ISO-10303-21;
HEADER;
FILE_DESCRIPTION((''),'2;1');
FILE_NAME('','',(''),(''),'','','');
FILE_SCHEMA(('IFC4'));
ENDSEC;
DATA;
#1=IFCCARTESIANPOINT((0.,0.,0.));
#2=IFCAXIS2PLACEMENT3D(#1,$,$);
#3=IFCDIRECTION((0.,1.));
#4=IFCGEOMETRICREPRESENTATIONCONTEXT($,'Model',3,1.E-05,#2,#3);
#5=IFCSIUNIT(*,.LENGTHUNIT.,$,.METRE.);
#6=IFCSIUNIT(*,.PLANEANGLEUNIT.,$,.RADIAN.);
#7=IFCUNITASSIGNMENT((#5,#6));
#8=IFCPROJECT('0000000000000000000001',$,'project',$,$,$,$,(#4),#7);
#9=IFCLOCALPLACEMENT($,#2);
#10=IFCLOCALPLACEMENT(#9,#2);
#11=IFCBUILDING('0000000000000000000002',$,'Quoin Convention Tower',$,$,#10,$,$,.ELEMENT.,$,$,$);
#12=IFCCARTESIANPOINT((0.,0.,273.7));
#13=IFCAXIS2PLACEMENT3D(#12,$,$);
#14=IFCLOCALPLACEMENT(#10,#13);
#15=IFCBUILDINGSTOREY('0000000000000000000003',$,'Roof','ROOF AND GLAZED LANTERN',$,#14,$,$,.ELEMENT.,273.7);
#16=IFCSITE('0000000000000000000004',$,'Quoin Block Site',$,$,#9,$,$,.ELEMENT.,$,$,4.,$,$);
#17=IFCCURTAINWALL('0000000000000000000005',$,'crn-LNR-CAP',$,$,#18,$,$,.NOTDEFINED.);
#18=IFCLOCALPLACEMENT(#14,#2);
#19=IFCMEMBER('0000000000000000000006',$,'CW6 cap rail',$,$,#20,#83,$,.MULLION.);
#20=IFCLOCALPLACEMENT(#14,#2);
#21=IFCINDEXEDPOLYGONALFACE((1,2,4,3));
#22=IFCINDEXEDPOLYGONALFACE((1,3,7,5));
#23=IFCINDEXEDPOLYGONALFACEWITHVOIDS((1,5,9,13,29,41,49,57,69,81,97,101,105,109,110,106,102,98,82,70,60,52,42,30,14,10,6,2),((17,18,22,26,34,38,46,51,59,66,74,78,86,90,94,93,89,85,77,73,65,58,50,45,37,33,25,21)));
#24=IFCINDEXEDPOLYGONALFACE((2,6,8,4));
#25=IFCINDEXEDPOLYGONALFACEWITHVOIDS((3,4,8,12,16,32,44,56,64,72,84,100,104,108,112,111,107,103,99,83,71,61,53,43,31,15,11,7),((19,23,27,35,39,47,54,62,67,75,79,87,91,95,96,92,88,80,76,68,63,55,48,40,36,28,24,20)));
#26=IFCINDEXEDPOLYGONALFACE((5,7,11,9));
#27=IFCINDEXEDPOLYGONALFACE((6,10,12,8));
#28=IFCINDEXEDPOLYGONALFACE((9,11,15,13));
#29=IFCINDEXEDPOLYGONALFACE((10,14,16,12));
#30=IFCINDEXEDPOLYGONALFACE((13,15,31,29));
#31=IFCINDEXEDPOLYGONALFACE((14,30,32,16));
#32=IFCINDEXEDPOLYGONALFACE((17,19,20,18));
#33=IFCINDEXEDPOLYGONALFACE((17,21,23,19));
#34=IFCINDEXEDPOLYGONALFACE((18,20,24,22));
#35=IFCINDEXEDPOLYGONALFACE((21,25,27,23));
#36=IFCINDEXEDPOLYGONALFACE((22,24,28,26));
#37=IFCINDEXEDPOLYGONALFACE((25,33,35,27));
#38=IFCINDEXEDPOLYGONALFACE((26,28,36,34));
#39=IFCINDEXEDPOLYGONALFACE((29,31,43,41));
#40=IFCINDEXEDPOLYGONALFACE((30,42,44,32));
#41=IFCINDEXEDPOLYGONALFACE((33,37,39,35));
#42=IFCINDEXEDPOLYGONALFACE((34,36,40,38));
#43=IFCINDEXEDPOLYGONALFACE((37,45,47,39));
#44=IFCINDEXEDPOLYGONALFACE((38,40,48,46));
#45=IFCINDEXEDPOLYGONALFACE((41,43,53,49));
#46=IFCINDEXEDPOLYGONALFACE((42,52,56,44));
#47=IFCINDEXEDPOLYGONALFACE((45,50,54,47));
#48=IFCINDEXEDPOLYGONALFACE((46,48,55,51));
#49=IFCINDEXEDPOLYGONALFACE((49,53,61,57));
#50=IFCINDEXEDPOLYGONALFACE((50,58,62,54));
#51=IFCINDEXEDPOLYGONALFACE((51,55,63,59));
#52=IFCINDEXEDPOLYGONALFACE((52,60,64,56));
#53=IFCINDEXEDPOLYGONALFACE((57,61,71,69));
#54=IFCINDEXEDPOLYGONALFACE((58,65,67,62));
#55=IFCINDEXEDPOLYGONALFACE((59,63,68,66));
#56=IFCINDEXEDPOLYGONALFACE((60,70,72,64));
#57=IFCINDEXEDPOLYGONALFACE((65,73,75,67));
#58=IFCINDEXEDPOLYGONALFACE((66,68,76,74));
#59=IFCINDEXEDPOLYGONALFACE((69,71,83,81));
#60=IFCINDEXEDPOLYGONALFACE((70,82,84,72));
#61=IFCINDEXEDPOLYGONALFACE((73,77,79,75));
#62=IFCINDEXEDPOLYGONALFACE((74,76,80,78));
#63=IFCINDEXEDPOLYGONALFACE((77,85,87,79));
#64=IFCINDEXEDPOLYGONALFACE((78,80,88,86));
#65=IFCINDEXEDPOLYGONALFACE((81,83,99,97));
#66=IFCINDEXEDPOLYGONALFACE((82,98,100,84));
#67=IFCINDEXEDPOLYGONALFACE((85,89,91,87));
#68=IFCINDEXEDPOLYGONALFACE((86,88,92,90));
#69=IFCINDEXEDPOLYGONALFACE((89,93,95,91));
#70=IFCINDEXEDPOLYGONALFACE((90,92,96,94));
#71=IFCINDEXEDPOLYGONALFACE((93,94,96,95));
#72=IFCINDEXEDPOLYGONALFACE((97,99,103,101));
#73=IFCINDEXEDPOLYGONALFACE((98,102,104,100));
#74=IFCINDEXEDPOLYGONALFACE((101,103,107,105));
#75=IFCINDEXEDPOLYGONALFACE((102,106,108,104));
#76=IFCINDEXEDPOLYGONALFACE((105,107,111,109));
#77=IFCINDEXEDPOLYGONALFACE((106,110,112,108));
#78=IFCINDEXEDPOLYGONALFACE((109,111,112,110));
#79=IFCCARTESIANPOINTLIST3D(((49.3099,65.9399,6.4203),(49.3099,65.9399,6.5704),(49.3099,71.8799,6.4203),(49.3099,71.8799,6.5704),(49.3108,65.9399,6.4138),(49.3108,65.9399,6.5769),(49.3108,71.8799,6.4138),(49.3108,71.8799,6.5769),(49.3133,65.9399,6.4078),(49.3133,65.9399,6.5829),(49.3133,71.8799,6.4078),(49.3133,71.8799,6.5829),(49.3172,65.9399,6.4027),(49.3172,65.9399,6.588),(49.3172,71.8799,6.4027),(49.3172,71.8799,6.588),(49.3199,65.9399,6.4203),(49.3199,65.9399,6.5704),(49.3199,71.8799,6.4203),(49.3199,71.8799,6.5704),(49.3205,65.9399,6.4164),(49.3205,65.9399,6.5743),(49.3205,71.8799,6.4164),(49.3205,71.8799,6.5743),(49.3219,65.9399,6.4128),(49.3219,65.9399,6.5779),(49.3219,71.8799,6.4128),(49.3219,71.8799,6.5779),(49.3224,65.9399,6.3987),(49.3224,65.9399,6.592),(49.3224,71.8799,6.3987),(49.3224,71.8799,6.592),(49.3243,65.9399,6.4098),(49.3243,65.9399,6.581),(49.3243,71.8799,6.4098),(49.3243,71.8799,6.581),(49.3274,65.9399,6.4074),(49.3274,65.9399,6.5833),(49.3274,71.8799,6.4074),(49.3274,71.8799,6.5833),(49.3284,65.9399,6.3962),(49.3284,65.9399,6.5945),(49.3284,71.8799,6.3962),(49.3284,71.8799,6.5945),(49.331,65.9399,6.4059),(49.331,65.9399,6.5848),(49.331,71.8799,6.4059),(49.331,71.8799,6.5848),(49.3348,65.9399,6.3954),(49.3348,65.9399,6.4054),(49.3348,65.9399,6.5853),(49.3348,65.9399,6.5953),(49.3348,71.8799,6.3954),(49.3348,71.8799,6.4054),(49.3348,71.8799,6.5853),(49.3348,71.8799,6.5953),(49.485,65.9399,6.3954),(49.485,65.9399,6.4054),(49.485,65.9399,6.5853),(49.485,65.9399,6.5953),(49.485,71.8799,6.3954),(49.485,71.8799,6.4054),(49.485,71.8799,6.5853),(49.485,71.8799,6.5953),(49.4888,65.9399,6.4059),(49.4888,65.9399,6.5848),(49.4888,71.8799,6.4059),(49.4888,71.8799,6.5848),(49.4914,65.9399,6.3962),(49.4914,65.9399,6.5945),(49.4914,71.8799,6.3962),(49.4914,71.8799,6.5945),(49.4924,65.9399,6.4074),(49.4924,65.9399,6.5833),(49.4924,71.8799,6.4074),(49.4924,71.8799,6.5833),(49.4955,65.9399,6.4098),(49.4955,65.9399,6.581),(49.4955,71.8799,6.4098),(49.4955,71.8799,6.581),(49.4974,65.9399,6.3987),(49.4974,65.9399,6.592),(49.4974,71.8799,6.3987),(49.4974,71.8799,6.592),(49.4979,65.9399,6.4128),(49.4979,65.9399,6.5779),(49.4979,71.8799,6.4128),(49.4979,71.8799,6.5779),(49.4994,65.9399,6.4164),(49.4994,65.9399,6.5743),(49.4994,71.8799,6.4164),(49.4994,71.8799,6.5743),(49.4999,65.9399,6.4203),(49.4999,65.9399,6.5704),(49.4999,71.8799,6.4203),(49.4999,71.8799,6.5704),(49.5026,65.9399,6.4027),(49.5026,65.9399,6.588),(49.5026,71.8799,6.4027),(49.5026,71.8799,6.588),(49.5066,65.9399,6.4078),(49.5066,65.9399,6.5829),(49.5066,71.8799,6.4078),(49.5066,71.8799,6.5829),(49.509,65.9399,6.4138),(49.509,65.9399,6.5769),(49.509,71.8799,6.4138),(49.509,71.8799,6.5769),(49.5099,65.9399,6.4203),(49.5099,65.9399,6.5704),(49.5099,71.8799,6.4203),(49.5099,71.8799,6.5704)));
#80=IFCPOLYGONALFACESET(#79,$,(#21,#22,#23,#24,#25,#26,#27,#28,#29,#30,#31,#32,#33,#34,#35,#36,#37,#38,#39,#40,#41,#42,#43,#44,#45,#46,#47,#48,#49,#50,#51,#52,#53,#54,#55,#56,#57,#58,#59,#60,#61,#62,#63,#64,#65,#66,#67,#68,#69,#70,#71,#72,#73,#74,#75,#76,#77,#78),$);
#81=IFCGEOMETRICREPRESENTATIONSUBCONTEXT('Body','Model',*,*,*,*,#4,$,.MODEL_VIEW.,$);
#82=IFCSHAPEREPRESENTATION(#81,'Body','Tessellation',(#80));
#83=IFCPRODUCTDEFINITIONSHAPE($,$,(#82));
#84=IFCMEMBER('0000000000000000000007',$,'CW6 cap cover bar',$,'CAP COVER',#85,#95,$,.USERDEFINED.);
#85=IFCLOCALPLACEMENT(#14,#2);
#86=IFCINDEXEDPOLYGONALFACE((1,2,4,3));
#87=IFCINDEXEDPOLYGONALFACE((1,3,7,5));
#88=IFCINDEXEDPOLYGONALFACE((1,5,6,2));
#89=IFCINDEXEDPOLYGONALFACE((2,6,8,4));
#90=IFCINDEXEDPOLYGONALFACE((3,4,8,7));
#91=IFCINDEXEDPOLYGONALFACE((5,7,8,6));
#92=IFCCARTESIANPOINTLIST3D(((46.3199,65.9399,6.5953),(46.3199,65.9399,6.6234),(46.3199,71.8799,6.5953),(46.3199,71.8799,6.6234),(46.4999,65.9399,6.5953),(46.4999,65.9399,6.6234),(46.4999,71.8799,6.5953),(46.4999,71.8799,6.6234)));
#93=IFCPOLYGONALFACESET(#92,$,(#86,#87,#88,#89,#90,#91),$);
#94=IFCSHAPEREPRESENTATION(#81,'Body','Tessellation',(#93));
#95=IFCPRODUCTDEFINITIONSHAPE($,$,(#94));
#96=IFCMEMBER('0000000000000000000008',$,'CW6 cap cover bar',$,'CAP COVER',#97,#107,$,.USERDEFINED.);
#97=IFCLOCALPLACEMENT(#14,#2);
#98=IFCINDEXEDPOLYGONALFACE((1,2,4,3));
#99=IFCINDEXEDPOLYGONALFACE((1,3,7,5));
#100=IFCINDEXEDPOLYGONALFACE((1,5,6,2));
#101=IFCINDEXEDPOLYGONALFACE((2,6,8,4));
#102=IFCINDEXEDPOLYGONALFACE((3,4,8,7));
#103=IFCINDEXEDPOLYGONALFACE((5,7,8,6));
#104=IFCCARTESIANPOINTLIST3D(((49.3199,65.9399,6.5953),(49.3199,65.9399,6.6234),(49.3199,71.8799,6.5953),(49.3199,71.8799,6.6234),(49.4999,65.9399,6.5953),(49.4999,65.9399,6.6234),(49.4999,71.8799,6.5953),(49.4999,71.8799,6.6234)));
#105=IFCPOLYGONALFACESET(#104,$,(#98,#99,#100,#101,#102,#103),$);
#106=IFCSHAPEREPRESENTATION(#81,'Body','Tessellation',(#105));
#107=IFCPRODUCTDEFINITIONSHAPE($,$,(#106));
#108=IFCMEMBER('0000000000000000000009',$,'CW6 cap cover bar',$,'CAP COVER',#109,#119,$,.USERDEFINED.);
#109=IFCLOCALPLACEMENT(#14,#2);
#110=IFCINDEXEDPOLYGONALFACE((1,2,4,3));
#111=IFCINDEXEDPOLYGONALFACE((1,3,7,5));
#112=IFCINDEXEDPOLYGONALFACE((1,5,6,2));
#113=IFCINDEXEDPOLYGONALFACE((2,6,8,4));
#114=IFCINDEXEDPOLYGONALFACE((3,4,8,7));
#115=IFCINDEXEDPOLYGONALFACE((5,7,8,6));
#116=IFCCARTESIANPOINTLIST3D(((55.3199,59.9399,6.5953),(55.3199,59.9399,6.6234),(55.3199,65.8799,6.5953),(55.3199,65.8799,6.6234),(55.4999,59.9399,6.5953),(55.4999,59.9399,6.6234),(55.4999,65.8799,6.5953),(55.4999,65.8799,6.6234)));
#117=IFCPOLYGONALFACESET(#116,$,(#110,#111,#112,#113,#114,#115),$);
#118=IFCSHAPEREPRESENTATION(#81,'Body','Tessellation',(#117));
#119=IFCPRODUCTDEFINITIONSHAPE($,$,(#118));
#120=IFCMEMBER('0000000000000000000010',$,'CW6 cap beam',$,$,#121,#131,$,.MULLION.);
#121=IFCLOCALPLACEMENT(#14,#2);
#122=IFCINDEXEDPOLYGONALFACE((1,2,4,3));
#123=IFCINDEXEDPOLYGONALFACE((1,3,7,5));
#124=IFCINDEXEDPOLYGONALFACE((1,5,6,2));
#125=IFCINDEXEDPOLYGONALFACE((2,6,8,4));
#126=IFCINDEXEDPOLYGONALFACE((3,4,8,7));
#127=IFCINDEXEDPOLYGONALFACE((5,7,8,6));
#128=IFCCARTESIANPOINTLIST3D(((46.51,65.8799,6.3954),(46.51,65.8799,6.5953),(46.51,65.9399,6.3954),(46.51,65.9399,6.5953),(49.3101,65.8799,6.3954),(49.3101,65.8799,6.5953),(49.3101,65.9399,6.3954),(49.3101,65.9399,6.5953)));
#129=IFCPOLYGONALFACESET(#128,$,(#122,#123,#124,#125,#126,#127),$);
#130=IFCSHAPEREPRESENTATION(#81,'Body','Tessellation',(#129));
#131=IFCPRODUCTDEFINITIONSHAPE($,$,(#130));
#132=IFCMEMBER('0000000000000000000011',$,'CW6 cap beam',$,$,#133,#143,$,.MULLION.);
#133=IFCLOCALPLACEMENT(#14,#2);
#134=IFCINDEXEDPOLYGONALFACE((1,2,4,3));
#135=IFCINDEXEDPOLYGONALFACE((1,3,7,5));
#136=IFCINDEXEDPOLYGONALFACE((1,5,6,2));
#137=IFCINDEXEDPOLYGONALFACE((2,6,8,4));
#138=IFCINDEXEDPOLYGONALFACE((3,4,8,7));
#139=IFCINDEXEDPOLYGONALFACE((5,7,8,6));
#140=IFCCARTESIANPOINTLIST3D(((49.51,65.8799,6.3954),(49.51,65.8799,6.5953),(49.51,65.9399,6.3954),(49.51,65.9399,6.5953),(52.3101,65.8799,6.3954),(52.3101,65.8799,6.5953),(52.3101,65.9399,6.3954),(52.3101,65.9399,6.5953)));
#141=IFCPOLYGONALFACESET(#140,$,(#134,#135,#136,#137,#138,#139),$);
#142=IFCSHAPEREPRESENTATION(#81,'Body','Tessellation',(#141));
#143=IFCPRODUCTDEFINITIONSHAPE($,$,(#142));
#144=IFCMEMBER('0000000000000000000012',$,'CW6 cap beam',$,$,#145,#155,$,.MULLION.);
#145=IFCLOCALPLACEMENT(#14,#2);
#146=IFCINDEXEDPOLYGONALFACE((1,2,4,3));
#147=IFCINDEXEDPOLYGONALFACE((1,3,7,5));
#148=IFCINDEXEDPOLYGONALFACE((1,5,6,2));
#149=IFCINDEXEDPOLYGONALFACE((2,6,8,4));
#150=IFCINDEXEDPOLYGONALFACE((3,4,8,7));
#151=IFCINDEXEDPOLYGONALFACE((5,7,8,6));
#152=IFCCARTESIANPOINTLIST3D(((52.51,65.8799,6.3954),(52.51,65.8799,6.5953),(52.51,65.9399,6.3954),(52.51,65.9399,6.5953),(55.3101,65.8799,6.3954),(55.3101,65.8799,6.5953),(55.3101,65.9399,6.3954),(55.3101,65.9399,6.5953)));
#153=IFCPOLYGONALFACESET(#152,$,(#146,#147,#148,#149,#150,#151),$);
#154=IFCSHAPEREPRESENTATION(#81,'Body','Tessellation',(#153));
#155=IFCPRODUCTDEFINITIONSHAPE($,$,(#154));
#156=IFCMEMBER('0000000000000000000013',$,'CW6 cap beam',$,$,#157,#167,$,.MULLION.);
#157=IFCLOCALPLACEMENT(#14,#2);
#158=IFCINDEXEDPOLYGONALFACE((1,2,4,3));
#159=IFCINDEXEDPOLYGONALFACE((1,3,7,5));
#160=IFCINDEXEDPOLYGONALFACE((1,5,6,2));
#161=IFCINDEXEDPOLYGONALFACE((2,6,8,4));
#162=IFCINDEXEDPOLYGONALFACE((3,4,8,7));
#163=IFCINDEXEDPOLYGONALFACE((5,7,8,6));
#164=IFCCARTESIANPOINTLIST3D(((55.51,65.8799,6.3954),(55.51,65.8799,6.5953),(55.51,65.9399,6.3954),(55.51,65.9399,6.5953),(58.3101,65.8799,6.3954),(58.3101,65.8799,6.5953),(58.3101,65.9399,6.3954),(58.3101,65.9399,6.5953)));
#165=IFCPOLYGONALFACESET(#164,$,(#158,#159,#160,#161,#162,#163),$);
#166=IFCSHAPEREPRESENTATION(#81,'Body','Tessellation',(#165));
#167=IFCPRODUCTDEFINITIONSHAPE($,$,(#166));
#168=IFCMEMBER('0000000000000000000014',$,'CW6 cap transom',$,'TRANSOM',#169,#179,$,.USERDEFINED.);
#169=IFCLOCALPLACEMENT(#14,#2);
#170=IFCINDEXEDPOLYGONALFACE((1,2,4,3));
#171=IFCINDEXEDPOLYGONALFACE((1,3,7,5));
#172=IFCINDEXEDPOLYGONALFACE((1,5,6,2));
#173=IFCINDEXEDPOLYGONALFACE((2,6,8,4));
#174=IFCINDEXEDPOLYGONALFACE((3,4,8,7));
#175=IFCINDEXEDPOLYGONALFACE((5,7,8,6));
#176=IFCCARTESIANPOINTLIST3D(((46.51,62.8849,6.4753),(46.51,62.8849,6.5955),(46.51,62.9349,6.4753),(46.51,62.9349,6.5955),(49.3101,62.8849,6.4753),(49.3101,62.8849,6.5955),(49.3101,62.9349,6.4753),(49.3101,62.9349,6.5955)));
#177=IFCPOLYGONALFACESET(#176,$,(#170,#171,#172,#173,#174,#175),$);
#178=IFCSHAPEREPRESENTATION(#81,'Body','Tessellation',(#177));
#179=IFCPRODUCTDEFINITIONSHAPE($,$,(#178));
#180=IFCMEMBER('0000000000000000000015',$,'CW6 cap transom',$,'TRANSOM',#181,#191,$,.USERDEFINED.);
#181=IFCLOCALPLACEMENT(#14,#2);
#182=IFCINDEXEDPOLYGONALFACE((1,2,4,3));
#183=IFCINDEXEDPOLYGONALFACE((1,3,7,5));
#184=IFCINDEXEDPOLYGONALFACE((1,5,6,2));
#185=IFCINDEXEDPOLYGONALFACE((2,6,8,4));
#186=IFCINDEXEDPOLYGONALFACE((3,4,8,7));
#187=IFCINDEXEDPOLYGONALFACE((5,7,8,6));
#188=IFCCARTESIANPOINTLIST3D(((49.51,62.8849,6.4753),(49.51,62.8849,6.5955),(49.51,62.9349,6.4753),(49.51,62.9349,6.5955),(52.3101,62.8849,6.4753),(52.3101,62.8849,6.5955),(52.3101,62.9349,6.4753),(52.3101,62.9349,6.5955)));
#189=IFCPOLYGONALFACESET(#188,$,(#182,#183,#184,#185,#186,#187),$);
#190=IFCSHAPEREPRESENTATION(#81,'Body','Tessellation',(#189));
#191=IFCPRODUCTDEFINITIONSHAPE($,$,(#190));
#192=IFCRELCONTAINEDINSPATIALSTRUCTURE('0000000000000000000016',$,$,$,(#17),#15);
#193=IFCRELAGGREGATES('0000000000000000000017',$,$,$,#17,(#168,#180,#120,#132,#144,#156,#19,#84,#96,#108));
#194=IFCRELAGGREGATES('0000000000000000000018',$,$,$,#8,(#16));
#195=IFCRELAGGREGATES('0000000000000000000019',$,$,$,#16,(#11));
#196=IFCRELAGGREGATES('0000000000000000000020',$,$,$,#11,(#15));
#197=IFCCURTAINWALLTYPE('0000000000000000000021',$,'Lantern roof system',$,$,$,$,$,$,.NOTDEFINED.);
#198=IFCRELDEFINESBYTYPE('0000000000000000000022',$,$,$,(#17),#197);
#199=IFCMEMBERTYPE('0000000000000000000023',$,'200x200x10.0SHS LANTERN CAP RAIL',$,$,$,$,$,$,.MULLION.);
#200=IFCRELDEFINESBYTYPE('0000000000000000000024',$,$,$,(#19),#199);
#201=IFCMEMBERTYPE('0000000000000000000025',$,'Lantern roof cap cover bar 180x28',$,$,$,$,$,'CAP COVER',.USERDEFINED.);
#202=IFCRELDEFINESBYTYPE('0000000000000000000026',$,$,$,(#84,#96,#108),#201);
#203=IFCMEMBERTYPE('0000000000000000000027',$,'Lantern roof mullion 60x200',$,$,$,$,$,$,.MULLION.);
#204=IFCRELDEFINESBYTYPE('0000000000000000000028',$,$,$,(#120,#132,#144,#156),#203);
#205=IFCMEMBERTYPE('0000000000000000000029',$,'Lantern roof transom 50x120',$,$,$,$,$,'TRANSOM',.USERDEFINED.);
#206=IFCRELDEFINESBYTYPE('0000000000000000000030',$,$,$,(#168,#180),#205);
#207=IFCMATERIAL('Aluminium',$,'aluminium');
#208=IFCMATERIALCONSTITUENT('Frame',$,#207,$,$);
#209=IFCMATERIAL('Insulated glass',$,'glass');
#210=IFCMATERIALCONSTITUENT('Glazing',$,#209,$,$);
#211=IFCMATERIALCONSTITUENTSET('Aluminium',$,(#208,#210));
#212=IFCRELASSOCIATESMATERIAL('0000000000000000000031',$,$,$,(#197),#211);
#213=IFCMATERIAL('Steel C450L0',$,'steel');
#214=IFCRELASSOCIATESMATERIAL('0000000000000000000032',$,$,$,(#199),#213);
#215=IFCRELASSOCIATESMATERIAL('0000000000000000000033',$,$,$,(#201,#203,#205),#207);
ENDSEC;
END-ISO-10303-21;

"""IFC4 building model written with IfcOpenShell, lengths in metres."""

from ifc_helpers import new_model, si_unit, direction, frame, origin, origin_2d, place, context, subcontext, project, spatial, rectangle, hollow_rectangle, extrude, material, constituent, constituent_set, material_profile, profile_set, type_object, element, aggregate, save


model = new_model("IFC4")

# Units and contexts
model_context = context("Model", 3, precision=1e-05, world=origin(), true_north=direction((0.0, 1.0)))
body_context = subcontext(model_context, "Body", "Model", "MODEL_VIEW")
ifc_project = project(units=[si_unit("LENGTHUNIT", "METRE"), si_unit("PLANEANGLEUNIT", "RADIAN")], contexts=[model_context])

# Site, building, storey
site_placement = place(None, origin())
site = spatial("IfcSite", under=ifc_project, at=site_placement, Name="Quoin Block Site", CompositionType="ELEMENT", RefElevation=4.0)
building_placement = place(site_placement, origin())
building = spatial("IfcBuilding", under=site, at=building_placement, Name="Quoin Convention Tower", CompositionType="ELEMENT")
storey_placement = place(building_placement, frame((0.0, 0.0, 273.7)))
storey = spatial("IfcBuildingStorey", under=building, at=storey_placement, Name="Roof", Description="ROOF AND GLAZED LANTERN", CompositionType="ELEMENT", Elevation=273.7)

# Shared definitions
ifc_material_1 = material(Name="Steel C450L0", Category="steel")

# Curtain wall, members
ifc_material_2 = material(Name="Aluminium", Category="aluminium")
ifc_constituent_1 = constituent(ifc_material_2, Name="Frame")
ifc_material_3 = material(Name="Insulated glass", Category="glass")
ifc_constituent_2 = constituent(ifc_material_3, Name="Glazing")
ifc_constituent_set = constituent_set(constituents=[ifc_constituent_1, ifc_constituent_2], Name="Aluminium")
curtain_wall_type = type_object("IfcCurtainWallType", Name="Lantern roof system", PredefinedType="NOTDEFINED", material=ifc_constituent_set)
curtain_wall_placement = place(storey_placement, origin())
curtain_wall = element("IfcCurtainWall", 1, at=curtain_wall_placement, inside=storey, type_object=curtain_wall_type, Name="crn-LNR-CAP", PredefinedType="NOTDEFINED")
ifc_material_profile_1 = material_profile(ifc_material_1, hollow_rectangle(XDim=0.2, YDim=0.2, WallThickness=0.01, InnerFilletRadius=0.0149, OuterFilletRadius=0.0249, at=origin_2d()), Name="200x200x10.0SHS")
ifc_profile_set_1 = profile_set([ifc_material_profile_1], Name="Steel C450L0")
member_type_1 = type_object("IfcMemberType", Name="200x200x10.0SHS LANTERN CAP RAIL", PredefinedType="MULLION", material=ifc_profile_set_1)
member_1_placement = place(storey_placement, frame((49.4099, 65.9399, 6.4954), z_axis=(0.0, 1.0, 0.0), x_axis=(-1.0, 0.0, 0.0)))
member_1 = element("IfcMember", 2, at=member_1_placement, type_object=member_type_1, Name="CW6 cap rail", PredefinedType="MULLION", context=body_context, shape_type="SweptSolid", body=[
    extrude(hollow_rectangle(XDim=0.2, YDim=0.2, WallThickness=0.01, InnerFilletRadius=0.0149, OuterFilletRadius=0.0249, at=origin_2d()), origin(), (0.0, 0.0, 1.0), 5.9399),
])
ifc_material_profile_2 = material_profile(ifc_material_2, rectangle(XDim=0.0281, YDim=0.1799, at=origin_2d()), Name="Lantern roof cap cover bar 180x28")
ifc_profile_set_2 = profile_set([ifc_material_profile_2], Name="Aluminium")
member_type_2 = type_object("IfcMemberType", Name="Lantern roof cap cover bar 180x28", ElementType="CAP COVER", PredefinedType="USERDEFINED", material=ifc_profile_set_2)
member_2_placement = place(storey_placement, frame((46.4099, 65.9399, 6.6094), z_axis=(0.0, 1.0, 0.0), x_axis=(0.0, 0.0, 1.0)))
member_2 = element("IfcMember", 3, at=member_2_placement, type_object=member_type_2, Name="CW6 cap cover bar", ObjectType="CAP COVER", PredefinedType="USERDEFINED", context=body_context, shape_type="SweptSolid", body=[
    extrude(rectangle(XDim=0.0281, YDim=0.1799, at=origin_2d()), origin(), (0.0, 0.0, 1.0), 5.9399),
])
member_3_placement = place(storey_placement, frame((49.4099, 65.9399, 6.6094), z_axis=(0.0, 1.0, 0.0), x_axis=(0.0, 0.0, 1.0)))
member_3 = element("IfcMember", 4, at=member_3_placement, type_object=member_type_2, Name="CW6 cap cover bar", ObjectType="CAP COVER", PredefinedType="USERDEFINED", context=body_context, shape_type="SweptSolid", body=[
    extrude(rectangle(XDim=0.0281, YDim=0.1799, at=origin_2d()), origin(), (0.0, 0.0, 1.0), 5.9399),
])
member_4_placement = place(storey_placement, frame((55.4099, 59.9399, 6.6094), z_axis=(0.0, 1.0, 0.0), x_axis=(0.0, 0.0, 1.0)))
member_4 = element("IfcMember", 5, at=member_4_placement, type_object=member_type_2, Name="CW6 cap cover bar", ObjectType="CAP COVER", PredefinedType="USERDEFINED", context=body_context, shape_type="SweptSolid", body=[
    extrude(rectangle(XDim=0.0281, YDim=0.1799, at=origin_2d()), origin(), (0.0, 0.0, 1.0), 5.9399),
])
ifc_material_profile_3 = material_profile(ifc_material_2, rectangle(XDim=0.2, YDim=0.0601, at=origin_2d()), Name="Lantern roof mullion 60x200")
ifc_profile_set_3 = profile_set([ifc_material_profile_3], Name="Aluminium")
member_type_3 = type_object("IfcMemberType", Name="Lantern roof mullion 60x200", PredefinedType="MULLION", material=ifc_profile_set_3)
member_5_placement = place(storey_placement, frame((46.51, 65.9099, 6.4954), z_axis=(1.0, 0.0, 0.0), x_axis=(0.0, 0.0, 1.0)))
member_5 = element("IfcMember", 6, at=member_5_placement, type_object=member_type_3, Name="CW6 cap beam", PredefinedType="MULLION", context=body_context, shape_type="SweptSolid", body=[
    extrude(rectangle(XDim=0.2, YDim=0.0601, at=origin_2d()), origin(), (0.0, 0.0, 1.0), 2.8),
])
member_6_placement = place(storey_placement, frame((49.51, 65.9099, 6.4954), z_axis=(1.0, 0.0, 0.0), x_axis=(0.0, 0.0, 1.0)))
member_6 = element("IfcMember", 7, at=member_6_placement, type_object=member_type_3, Name="CW6 cap beam", PredefinedType="MULLION", context=body_context, shape_type="SweptSolid", body=[
    extrude(rectangle(XDim=0.2, YDim=0.0601, at=origin_2d()), origin(), (0.0, 0.0, 1.0), 2.8),
])
member_7_placement = place(storey_placement, frame((52.51, 65.9099, 6.4954), z_axis=(1.0, 0.0, 0.0), x_axis=(0.0, 0.0, 1.0)))
member_7 = element("IfcMember", 8, at=member_7_placement, type_object=member_type_3, Name="CW6 cap beam", PredefinedType="MULLION", context=body_context, shape_type="SweptSolid", body=[
    extrude(rectangle(XDim=0.2, YDim=0.0601, at=origin_2d()), origin(), (0.0, 0.0, 1.0), 2.8),
])
member_8_placement = place(storey_placement, frame((55.51, 65.9099, 6.4954), z_axis=(1.0, 0.0, 0.0), x_axis=(0.0, 0.0, 1.0)))
member_8 = element("IfcMember", 9, at=member_8_placement, type_object=member_type_3, Name="CW6 cap beam", PredefinedType="MULLION", context=body_context, shape_type="SweptSolid", body=[
    extrude(rectangle(XDim=0.2, YDim=0.0601, at=origin_2d()), origin(), (0.0, 0.0, 1.0), 2.8),
])
ifc_material_profile_4 = material_profile(ifc_material_2, rectangle(XDim=0.1201, YDim=0.05, at=origin_2d()), Name="Lantern roof transom 50x120")
ifc_profile_set_4 = profile_set([ifc_material_profile_4], Name="Aluminium")
member_type_4 = type_object("IfcMemberType", Name="Lantern roof transom 50x120", ElementType="TRANSOM", PredefinedType="USERDEFINED", material=ifc_profile_set_4)
member_9_placement = place(storey_placement, frame((46.51, 62.9099, 6.5354), z_axis=(1.0, 0.0, 0.0), x_axis=(0.0, 0.0, 1.0)))
member_9 = element("IfcMember", 10, at=member_9_placement, type_object=member_type_4, Name="CW6 cap transom", ObjectType="TRANSOM", PredefinedType="USERDEFINED", context=body_context, shape_type="SweptSolid", body=[
    extrude(rectangle(XDim=0.1201, YDim=0.05, at=origin_2d()), origin(), (0.0, 0.0, 1.0), 2.8),
])
member_10_placement = place(storey_placement, frame((49.51, 62.9099, 6.5354), z_axis=(1.0, 0.0, 0.0), x_axis=(0.0, 0.0, 1.0)))
member_10 = element("IfcMember", 11, at=member_10_placement, type_object=member_type_4, Name="CW6 cap transom", ObjectType="TRANSOM", PredefinedType="USERDEFINED", context=body_context, shape_type="SweptSolid", body=[
    extrude(rectangle(XDim=0.1201, YDim=0.05, at=origin_2d()), origin(), (0.0, 0.0, 1.0), 2.8),
])
aggregate(curtain_wall, [member_9, member_10, member_5, member_6, member_7, member_8, member_1, member_2, member_3, member_4])

save(model, "model.ifc")
